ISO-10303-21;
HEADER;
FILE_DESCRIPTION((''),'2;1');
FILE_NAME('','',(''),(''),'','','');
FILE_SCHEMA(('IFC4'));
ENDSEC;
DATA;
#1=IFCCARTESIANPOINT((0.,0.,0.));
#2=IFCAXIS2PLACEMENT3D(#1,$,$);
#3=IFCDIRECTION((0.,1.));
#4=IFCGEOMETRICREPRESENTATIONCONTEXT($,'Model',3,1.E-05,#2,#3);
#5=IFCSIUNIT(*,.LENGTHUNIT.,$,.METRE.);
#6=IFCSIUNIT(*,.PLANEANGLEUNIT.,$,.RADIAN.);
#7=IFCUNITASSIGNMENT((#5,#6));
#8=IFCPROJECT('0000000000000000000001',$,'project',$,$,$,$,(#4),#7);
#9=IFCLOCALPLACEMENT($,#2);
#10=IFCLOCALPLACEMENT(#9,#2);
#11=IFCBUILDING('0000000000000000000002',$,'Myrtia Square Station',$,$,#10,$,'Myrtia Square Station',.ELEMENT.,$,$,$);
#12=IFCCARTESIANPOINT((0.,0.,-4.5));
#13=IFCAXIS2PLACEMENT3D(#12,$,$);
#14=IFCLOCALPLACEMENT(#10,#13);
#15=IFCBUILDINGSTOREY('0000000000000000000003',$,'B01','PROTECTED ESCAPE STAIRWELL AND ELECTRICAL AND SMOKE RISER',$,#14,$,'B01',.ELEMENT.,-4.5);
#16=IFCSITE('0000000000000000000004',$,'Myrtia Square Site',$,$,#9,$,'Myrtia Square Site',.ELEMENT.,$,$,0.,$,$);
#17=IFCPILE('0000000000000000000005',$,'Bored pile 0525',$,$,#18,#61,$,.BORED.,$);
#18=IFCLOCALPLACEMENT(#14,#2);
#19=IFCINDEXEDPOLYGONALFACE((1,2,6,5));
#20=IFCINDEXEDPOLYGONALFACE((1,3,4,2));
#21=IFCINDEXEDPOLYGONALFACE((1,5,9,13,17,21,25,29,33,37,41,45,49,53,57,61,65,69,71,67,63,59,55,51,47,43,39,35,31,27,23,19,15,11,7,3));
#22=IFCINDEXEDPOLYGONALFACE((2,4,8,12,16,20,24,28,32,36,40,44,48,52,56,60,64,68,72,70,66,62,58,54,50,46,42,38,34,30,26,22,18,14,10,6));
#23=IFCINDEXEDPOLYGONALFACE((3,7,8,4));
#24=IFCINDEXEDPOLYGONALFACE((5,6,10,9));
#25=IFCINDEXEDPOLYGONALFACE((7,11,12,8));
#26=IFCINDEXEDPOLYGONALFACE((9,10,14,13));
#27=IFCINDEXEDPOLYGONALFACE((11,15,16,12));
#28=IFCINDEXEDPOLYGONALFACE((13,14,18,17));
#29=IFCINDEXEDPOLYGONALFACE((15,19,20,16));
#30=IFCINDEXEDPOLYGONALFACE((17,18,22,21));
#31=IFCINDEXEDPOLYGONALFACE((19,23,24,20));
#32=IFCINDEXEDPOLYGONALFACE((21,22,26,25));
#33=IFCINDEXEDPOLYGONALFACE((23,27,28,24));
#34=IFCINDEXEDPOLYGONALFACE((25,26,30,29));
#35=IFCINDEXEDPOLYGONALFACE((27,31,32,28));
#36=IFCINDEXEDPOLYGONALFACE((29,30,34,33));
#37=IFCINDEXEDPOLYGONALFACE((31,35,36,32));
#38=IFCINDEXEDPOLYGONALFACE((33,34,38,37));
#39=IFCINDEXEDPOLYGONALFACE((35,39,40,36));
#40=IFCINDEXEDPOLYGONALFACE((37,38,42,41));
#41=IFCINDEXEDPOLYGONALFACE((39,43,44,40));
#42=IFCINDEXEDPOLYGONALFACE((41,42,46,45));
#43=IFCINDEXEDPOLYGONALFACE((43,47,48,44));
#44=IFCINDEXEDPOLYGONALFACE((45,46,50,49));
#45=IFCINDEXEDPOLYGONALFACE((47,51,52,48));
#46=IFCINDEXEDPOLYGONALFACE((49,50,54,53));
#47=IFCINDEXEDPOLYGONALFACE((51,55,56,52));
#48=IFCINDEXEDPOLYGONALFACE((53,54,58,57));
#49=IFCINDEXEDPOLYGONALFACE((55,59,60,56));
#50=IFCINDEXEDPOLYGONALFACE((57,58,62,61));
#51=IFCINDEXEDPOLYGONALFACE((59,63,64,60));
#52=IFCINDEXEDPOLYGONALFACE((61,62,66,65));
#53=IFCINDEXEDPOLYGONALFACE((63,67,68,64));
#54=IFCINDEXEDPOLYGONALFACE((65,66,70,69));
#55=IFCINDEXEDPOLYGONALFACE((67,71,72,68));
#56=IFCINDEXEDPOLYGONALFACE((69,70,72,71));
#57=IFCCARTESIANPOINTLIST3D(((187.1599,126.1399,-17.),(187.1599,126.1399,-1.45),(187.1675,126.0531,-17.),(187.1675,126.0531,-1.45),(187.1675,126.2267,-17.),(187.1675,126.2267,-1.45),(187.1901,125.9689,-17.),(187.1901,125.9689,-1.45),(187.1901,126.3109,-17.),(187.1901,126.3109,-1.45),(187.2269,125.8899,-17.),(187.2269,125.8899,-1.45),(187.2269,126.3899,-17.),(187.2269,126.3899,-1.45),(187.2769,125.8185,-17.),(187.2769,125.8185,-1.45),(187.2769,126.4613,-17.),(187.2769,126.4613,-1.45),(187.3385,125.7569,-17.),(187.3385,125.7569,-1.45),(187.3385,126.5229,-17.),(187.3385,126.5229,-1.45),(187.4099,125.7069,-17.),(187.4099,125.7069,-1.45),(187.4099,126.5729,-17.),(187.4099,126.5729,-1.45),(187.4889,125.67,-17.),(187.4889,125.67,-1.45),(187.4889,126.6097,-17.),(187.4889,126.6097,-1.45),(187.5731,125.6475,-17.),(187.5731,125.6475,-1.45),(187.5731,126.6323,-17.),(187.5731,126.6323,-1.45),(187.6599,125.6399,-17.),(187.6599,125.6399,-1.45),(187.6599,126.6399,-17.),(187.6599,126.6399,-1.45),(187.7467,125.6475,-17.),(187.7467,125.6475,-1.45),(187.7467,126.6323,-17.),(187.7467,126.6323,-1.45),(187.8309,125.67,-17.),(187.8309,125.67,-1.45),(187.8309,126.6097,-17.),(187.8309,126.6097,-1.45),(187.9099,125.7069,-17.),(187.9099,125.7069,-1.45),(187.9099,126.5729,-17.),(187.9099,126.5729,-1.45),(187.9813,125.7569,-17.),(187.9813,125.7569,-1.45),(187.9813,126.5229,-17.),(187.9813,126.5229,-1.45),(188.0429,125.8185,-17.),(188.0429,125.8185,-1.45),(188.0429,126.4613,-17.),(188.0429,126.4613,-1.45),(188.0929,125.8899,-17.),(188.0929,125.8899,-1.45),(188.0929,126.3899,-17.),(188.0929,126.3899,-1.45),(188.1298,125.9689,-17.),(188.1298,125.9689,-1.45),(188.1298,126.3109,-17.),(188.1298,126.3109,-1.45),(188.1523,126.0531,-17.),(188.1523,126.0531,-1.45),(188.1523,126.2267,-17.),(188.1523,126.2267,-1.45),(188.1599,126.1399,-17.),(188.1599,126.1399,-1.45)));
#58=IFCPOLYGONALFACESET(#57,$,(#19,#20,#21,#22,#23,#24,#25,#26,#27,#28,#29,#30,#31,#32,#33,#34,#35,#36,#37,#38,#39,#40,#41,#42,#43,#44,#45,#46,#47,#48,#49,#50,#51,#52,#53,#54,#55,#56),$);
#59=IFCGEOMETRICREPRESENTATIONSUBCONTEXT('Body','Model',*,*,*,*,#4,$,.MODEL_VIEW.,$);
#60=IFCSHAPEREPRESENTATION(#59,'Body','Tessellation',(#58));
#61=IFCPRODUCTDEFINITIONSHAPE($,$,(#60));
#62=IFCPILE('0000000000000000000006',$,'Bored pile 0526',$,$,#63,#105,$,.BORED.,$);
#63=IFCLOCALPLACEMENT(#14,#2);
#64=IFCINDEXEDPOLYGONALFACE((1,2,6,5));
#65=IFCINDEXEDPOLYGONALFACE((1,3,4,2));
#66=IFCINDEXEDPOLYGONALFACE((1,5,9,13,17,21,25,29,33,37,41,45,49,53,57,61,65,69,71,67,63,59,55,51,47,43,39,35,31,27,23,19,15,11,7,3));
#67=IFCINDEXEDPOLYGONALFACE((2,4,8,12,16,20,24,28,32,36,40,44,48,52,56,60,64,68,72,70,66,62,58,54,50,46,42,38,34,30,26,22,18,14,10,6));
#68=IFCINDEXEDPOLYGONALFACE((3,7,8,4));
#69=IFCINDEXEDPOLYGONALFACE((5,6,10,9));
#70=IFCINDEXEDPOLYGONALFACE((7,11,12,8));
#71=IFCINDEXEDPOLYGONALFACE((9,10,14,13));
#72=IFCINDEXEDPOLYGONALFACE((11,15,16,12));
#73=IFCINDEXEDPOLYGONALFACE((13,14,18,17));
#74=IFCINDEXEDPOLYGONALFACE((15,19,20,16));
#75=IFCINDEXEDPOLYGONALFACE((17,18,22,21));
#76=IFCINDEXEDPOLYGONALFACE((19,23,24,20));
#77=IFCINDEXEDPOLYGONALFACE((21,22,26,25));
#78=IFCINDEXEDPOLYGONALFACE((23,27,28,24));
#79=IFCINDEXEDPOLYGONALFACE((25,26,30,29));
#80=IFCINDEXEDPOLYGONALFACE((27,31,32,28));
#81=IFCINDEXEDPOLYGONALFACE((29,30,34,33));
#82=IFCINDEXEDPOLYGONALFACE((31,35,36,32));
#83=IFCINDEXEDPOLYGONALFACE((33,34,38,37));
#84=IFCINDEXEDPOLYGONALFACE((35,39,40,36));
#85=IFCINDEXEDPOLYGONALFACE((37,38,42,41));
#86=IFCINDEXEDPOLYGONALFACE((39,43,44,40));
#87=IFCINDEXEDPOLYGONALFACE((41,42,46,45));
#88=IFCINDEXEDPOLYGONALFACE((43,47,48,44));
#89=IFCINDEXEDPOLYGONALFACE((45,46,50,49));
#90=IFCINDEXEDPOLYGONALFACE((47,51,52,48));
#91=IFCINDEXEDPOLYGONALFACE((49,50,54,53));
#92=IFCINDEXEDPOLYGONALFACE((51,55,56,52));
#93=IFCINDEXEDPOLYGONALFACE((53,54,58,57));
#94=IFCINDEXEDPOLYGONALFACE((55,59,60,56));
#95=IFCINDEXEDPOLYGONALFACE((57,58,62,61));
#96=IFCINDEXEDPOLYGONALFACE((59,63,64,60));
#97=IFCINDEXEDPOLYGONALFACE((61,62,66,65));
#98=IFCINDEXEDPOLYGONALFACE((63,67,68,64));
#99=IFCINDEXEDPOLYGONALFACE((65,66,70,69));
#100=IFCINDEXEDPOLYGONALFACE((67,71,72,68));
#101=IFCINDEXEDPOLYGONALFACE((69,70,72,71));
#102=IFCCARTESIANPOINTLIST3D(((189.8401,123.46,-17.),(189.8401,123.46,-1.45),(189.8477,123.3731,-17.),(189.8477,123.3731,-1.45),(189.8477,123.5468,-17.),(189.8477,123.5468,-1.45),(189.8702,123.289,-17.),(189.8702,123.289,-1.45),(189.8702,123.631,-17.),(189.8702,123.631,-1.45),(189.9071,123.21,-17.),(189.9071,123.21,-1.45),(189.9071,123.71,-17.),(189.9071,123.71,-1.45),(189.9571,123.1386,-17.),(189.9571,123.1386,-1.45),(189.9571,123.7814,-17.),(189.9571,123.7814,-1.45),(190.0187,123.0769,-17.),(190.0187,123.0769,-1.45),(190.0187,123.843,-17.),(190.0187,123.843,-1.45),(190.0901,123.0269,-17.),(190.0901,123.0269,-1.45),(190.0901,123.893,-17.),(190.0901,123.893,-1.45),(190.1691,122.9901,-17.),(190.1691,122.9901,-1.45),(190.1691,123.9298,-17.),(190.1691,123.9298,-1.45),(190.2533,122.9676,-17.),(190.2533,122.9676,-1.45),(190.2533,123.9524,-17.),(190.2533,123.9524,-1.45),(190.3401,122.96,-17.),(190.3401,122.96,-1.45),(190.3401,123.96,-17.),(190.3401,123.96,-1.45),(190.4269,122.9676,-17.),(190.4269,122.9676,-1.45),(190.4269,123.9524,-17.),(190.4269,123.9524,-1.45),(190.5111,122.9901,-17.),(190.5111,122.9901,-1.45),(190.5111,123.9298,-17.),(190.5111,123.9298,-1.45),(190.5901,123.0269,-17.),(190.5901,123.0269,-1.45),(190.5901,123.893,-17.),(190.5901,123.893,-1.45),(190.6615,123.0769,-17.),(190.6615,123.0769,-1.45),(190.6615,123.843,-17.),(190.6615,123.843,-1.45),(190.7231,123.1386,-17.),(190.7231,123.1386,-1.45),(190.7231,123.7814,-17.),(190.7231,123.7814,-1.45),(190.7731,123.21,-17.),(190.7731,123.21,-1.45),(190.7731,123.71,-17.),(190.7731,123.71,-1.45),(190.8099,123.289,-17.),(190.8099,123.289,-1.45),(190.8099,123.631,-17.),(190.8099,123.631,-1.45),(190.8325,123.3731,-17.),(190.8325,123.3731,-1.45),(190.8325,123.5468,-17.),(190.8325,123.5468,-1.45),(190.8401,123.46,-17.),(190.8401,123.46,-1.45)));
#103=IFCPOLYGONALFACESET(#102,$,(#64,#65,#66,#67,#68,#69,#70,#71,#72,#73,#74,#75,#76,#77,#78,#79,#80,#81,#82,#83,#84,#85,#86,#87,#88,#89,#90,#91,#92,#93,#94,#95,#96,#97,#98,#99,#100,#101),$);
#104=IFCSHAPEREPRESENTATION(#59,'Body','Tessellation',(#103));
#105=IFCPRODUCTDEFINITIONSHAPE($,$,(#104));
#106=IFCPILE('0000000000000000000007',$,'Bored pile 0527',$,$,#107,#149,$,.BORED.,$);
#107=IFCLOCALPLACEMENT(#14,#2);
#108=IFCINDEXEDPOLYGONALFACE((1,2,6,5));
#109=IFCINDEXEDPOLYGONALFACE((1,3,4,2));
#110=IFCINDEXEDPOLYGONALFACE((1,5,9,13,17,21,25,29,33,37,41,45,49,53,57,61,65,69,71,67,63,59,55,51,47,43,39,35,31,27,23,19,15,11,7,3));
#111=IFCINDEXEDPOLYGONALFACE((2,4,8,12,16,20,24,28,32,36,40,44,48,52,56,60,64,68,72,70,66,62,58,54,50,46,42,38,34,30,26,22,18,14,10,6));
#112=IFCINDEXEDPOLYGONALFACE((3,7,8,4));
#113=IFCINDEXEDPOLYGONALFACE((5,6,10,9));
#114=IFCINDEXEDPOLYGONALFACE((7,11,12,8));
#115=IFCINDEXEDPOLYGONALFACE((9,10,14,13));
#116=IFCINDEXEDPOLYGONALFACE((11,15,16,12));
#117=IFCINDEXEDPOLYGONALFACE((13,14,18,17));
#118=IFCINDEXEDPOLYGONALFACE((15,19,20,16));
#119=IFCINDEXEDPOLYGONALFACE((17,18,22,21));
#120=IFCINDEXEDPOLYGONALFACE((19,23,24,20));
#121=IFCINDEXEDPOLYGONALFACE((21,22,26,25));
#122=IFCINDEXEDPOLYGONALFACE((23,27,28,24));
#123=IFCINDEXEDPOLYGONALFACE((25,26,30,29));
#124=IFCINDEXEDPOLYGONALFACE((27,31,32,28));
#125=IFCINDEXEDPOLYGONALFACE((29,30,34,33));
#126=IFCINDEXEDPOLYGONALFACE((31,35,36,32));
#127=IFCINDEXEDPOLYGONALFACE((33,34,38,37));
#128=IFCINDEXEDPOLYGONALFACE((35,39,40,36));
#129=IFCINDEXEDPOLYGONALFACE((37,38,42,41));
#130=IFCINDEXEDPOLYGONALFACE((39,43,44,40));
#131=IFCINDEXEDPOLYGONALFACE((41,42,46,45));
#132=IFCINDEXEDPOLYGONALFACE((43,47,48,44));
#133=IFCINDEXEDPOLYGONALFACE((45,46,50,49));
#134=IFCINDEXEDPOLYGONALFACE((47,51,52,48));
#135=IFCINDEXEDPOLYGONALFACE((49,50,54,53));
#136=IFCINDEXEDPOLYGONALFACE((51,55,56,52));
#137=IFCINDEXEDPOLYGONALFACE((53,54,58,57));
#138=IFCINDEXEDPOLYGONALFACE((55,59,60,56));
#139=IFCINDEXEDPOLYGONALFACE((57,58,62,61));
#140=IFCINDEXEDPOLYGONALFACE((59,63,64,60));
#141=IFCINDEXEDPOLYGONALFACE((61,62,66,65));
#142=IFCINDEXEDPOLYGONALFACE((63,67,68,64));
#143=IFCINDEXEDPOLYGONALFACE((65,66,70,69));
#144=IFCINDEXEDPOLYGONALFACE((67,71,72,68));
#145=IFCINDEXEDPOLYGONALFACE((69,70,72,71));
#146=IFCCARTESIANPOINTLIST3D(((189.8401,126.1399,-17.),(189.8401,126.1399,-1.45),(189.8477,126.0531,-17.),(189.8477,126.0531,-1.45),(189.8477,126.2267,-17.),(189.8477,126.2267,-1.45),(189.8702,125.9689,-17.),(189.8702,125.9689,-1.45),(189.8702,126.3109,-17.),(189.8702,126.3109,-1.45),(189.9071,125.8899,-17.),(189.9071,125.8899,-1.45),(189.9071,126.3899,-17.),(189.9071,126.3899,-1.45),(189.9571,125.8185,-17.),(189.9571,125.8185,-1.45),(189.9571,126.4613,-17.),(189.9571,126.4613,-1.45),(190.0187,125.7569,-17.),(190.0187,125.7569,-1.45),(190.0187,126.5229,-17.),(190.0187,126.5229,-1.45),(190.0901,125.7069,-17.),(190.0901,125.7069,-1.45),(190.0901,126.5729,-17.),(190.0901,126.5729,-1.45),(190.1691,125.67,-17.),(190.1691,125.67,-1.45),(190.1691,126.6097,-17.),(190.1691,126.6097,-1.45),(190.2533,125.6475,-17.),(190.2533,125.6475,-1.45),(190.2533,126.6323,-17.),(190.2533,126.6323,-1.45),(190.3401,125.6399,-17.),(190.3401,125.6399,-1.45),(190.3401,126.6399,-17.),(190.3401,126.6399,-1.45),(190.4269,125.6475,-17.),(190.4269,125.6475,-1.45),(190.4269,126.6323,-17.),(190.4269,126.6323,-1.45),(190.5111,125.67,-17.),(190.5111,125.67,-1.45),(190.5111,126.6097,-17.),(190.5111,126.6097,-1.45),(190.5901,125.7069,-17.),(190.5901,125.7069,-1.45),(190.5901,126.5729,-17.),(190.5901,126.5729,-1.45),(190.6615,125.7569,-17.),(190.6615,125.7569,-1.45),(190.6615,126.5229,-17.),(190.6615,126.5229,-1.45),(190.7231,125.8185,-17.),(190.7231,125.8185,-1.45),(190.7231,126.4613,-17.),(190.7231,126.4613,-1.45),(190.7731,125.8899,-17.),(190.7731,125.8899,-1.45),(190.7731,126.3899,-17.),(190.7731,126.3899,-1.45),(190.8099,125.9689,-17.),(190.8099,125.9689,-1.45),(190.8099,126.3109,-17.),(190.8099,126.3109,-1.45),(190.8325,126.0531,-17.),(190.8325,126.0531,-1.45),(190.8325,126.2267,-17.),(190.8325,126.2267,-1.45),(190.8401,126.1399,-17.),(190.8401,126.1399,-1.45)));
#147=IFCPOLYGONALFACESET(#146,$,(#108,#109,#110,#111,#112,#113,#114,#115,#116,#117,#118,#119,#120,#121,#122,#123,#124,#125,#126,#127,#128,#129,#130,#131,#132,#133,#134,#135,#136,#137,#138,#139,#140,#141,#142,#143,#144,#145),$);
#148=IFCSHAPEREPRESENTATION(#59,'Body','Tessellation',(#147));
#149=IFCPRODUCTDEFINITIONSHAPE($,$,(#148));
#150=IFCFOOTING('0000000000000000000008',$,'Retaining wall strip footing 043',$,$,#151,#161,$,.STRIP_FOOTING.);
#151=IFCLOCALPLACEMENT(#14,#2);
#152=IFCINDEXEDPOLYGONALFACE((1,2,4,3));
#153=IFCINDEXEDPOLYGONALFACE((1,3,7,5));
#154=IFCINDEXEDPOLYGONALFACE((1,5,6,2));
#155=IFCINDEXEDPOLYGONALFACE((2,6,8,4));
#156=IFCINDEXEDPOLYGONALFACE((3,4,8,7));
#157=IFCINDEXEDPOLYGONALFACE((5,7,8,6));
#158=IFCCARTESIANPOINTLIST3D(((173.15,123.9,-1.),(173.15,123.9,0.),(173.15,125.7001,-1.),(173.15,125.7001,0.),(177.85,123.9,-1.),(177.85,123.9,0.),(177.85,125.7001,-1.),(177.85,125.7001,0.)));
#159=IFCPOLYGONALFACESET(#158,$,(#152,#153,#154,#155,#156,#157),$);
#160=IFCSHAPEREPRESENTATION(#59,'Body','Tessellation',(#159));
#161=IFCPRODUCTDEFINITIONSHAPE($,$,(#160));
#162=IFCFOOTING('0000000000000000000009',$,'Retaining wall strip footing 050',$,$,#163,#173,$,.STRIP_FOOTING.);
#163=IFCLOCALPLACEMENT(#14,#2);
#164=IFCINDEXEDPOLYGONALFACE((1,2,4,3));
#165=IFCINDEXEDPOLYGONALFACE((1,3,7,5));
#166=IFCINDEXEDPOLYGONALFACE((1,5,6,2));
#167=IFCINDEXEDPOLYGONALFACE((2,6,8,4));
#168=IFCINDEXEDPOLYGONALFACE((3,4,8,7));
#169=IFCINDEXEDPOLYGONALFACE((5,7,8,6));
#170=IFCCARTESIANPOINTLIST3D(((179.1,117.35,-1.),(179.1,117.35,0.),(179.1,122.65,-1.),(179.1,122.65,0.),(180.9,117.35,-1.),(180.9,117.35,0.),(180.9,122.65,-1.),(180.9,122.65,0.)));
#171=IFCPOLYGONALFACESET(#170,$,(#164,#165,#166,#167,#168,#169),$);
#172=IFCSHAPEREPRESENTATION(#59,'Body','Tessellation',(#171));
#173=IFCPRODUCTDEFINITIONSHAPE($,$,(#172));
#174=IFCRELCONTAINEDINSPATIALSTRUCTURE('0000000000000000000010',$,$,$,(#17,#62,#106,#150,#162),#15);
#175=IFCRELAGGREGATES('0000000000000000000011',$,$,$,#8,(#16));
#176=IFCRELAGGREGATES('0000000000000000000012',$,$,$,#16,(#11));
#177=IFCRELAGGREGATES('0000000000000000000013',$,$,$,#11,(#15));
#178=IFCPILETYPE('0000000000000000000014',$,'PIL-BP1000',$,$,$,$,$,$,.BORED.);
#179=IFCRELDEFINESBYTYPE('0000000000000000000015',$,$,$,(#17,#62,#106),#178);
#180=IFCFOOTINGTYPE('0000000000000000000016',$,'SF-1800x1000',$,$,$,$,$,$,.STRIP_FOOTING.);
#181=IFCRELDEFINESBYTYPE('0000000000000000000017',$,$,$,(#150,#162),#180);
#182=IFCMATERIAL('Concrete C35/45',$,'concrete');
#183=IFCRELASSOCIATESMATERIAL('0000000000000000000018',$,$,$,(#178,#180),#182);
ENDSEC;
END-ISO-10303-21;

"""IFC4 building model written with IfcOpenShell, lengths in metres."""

from ifc_helpers import new_model, si_unit, direction, frame, origin, origin_2d, place, context, subcontext, project, spatial, rectangle, circle, extrude, material, material_profile, profile_set, type_object, element, save


model = new_model("IFC4")

# Units and contexts
model_context = context("Model", 3, precision=1e-05, world=origin(), true_north=direction((0.0, 1.0)))
body_context = subcontext(model_context, "Body", "Model", "MODEL_VIEW")
ifc_project = project(units=[si_unit("LENGTHUNIT", "METRE"), si_unit("PLANEANGLEUNIT", "RADIAN")], contexts=[model_context])

# Site, building, storey
site_placement = place(None, origin())
site = spatial("IfcSite", under=ifc_project, at=site_placement, Name="Myrtia Square Site", LongName="Myrtia Square Site", CompositionType="ELEMENT", RefElevation=0.0)
building_placement = place(site_placement, origin())
building = spatial("IfcBuilding", under=site, at=building_placement, Name="Myrtia Square Station", LongName="Myrtia Square Station", CompositionType="ELEMENT")
storey_placement = place(building_placement, frame((0.0, 0.0, -4.5)))
storey = spatial("IfcBuildingStorey", under=building, at=storey_placement, Name="B01", Description="PROTECTED ESCAPE STAIRWELL AND ELECTRICAL AND SMOKE RISER", LongName="B01", CompositionType="ELEMENT", Elevation=-4.5)

# Shared definitions
ifc_material_1 = material(Name="Concrete C35/45", Category="concrete")

# Piles
ifc_material_profile_1 = material_profile(ifc_material_1, circle(Radius=0.5, at=origin_2d()), Name="BP D1000")
ifc_profile_set_1 = profile_set([ifc_material_profile_1], Name="Concrete C35/45")
pile_type = type_object("IfcPileType", Name="PIL-BP1000", PredefinedType="BORED", material=ifc_profile_set_1)
for number, where, z_axis, x_axis, name in (
    (1, (187.6599, 126.1399, -1.45), (0.0, 0.0, -1.0), (1.0, 0.0, 0.0), "Bored pile 0525"),
    (2, (190.3401, 123.46, -1.45), (0.0, 0.0, -1.0), (1.0, 0.0, 0.0), "Bored pile 0526"),
    (3, (190.3401, 126.1399, -1.45), (0.0, 0.0, -1.0), (1.0, 0.0, 0.0), "Bored pile 0527"),
):
    element("IfcPile", number, at=place(storey_placement, frame(where, z_axis=z_axis, x_axis=x_axis)), inside=storey, type_object=pile_type, Name=name, PredefinedType="BORED", context=body_context, shape_type="SweptSolid", body=[
        extrude(circle(Radius=0.5, at=origin_2d()), origin(), (0.0, 0.0, 1.0), 15.55),
    ])

# Footings
footing_type_1 = type_object("IfcFootingType", Name="SF-1800x1000", PredefinedType="STRIP_FOOTING", material=ifc_material_1)
footing_1_placement = place(storey_placement, frame((175.5, 124.8, -1.0), z_axis=(0.0, 0.0, 1.0), x_axis=(1.0, 0.0, 0.0)))
element("IfcFooting", 4, at=footing_1_placement, inside=storey, type_object=footing_type_1, Name="Retaining wall strip footing 043", PredefinedType="STRIP_FOOTING", context=body_context, shape_type="SweptSolid", body=[
    extrude(rectangle(XDim=4.7, YDim=1.8, at=origin_2d()), origin(), (0.0, 0.0, 1.0), 1.0),
])
footing_2_placement = place(storey_placement, frame((180.0, 120.0, -1.0), z_axis=(0.0, 0.0, 1.0), x_axis=(1.0, 0.0, 0.0)))
element("IfcFooting", 5, at=footing_2_placement, inside=storey, type_object=footing_type_1, Name="Retaining wall strip footing 050", PredefinedType="STRIP_FOOTING", context=body_context, shape_type="SweptSolid", body=[
    extrude(rectangle(XDim=1.8, YDim=5.3, at=origin_2d()), origin(), (0.0, 0.0, 1.0), 1.0),
])

save(model, "model.ifc")
